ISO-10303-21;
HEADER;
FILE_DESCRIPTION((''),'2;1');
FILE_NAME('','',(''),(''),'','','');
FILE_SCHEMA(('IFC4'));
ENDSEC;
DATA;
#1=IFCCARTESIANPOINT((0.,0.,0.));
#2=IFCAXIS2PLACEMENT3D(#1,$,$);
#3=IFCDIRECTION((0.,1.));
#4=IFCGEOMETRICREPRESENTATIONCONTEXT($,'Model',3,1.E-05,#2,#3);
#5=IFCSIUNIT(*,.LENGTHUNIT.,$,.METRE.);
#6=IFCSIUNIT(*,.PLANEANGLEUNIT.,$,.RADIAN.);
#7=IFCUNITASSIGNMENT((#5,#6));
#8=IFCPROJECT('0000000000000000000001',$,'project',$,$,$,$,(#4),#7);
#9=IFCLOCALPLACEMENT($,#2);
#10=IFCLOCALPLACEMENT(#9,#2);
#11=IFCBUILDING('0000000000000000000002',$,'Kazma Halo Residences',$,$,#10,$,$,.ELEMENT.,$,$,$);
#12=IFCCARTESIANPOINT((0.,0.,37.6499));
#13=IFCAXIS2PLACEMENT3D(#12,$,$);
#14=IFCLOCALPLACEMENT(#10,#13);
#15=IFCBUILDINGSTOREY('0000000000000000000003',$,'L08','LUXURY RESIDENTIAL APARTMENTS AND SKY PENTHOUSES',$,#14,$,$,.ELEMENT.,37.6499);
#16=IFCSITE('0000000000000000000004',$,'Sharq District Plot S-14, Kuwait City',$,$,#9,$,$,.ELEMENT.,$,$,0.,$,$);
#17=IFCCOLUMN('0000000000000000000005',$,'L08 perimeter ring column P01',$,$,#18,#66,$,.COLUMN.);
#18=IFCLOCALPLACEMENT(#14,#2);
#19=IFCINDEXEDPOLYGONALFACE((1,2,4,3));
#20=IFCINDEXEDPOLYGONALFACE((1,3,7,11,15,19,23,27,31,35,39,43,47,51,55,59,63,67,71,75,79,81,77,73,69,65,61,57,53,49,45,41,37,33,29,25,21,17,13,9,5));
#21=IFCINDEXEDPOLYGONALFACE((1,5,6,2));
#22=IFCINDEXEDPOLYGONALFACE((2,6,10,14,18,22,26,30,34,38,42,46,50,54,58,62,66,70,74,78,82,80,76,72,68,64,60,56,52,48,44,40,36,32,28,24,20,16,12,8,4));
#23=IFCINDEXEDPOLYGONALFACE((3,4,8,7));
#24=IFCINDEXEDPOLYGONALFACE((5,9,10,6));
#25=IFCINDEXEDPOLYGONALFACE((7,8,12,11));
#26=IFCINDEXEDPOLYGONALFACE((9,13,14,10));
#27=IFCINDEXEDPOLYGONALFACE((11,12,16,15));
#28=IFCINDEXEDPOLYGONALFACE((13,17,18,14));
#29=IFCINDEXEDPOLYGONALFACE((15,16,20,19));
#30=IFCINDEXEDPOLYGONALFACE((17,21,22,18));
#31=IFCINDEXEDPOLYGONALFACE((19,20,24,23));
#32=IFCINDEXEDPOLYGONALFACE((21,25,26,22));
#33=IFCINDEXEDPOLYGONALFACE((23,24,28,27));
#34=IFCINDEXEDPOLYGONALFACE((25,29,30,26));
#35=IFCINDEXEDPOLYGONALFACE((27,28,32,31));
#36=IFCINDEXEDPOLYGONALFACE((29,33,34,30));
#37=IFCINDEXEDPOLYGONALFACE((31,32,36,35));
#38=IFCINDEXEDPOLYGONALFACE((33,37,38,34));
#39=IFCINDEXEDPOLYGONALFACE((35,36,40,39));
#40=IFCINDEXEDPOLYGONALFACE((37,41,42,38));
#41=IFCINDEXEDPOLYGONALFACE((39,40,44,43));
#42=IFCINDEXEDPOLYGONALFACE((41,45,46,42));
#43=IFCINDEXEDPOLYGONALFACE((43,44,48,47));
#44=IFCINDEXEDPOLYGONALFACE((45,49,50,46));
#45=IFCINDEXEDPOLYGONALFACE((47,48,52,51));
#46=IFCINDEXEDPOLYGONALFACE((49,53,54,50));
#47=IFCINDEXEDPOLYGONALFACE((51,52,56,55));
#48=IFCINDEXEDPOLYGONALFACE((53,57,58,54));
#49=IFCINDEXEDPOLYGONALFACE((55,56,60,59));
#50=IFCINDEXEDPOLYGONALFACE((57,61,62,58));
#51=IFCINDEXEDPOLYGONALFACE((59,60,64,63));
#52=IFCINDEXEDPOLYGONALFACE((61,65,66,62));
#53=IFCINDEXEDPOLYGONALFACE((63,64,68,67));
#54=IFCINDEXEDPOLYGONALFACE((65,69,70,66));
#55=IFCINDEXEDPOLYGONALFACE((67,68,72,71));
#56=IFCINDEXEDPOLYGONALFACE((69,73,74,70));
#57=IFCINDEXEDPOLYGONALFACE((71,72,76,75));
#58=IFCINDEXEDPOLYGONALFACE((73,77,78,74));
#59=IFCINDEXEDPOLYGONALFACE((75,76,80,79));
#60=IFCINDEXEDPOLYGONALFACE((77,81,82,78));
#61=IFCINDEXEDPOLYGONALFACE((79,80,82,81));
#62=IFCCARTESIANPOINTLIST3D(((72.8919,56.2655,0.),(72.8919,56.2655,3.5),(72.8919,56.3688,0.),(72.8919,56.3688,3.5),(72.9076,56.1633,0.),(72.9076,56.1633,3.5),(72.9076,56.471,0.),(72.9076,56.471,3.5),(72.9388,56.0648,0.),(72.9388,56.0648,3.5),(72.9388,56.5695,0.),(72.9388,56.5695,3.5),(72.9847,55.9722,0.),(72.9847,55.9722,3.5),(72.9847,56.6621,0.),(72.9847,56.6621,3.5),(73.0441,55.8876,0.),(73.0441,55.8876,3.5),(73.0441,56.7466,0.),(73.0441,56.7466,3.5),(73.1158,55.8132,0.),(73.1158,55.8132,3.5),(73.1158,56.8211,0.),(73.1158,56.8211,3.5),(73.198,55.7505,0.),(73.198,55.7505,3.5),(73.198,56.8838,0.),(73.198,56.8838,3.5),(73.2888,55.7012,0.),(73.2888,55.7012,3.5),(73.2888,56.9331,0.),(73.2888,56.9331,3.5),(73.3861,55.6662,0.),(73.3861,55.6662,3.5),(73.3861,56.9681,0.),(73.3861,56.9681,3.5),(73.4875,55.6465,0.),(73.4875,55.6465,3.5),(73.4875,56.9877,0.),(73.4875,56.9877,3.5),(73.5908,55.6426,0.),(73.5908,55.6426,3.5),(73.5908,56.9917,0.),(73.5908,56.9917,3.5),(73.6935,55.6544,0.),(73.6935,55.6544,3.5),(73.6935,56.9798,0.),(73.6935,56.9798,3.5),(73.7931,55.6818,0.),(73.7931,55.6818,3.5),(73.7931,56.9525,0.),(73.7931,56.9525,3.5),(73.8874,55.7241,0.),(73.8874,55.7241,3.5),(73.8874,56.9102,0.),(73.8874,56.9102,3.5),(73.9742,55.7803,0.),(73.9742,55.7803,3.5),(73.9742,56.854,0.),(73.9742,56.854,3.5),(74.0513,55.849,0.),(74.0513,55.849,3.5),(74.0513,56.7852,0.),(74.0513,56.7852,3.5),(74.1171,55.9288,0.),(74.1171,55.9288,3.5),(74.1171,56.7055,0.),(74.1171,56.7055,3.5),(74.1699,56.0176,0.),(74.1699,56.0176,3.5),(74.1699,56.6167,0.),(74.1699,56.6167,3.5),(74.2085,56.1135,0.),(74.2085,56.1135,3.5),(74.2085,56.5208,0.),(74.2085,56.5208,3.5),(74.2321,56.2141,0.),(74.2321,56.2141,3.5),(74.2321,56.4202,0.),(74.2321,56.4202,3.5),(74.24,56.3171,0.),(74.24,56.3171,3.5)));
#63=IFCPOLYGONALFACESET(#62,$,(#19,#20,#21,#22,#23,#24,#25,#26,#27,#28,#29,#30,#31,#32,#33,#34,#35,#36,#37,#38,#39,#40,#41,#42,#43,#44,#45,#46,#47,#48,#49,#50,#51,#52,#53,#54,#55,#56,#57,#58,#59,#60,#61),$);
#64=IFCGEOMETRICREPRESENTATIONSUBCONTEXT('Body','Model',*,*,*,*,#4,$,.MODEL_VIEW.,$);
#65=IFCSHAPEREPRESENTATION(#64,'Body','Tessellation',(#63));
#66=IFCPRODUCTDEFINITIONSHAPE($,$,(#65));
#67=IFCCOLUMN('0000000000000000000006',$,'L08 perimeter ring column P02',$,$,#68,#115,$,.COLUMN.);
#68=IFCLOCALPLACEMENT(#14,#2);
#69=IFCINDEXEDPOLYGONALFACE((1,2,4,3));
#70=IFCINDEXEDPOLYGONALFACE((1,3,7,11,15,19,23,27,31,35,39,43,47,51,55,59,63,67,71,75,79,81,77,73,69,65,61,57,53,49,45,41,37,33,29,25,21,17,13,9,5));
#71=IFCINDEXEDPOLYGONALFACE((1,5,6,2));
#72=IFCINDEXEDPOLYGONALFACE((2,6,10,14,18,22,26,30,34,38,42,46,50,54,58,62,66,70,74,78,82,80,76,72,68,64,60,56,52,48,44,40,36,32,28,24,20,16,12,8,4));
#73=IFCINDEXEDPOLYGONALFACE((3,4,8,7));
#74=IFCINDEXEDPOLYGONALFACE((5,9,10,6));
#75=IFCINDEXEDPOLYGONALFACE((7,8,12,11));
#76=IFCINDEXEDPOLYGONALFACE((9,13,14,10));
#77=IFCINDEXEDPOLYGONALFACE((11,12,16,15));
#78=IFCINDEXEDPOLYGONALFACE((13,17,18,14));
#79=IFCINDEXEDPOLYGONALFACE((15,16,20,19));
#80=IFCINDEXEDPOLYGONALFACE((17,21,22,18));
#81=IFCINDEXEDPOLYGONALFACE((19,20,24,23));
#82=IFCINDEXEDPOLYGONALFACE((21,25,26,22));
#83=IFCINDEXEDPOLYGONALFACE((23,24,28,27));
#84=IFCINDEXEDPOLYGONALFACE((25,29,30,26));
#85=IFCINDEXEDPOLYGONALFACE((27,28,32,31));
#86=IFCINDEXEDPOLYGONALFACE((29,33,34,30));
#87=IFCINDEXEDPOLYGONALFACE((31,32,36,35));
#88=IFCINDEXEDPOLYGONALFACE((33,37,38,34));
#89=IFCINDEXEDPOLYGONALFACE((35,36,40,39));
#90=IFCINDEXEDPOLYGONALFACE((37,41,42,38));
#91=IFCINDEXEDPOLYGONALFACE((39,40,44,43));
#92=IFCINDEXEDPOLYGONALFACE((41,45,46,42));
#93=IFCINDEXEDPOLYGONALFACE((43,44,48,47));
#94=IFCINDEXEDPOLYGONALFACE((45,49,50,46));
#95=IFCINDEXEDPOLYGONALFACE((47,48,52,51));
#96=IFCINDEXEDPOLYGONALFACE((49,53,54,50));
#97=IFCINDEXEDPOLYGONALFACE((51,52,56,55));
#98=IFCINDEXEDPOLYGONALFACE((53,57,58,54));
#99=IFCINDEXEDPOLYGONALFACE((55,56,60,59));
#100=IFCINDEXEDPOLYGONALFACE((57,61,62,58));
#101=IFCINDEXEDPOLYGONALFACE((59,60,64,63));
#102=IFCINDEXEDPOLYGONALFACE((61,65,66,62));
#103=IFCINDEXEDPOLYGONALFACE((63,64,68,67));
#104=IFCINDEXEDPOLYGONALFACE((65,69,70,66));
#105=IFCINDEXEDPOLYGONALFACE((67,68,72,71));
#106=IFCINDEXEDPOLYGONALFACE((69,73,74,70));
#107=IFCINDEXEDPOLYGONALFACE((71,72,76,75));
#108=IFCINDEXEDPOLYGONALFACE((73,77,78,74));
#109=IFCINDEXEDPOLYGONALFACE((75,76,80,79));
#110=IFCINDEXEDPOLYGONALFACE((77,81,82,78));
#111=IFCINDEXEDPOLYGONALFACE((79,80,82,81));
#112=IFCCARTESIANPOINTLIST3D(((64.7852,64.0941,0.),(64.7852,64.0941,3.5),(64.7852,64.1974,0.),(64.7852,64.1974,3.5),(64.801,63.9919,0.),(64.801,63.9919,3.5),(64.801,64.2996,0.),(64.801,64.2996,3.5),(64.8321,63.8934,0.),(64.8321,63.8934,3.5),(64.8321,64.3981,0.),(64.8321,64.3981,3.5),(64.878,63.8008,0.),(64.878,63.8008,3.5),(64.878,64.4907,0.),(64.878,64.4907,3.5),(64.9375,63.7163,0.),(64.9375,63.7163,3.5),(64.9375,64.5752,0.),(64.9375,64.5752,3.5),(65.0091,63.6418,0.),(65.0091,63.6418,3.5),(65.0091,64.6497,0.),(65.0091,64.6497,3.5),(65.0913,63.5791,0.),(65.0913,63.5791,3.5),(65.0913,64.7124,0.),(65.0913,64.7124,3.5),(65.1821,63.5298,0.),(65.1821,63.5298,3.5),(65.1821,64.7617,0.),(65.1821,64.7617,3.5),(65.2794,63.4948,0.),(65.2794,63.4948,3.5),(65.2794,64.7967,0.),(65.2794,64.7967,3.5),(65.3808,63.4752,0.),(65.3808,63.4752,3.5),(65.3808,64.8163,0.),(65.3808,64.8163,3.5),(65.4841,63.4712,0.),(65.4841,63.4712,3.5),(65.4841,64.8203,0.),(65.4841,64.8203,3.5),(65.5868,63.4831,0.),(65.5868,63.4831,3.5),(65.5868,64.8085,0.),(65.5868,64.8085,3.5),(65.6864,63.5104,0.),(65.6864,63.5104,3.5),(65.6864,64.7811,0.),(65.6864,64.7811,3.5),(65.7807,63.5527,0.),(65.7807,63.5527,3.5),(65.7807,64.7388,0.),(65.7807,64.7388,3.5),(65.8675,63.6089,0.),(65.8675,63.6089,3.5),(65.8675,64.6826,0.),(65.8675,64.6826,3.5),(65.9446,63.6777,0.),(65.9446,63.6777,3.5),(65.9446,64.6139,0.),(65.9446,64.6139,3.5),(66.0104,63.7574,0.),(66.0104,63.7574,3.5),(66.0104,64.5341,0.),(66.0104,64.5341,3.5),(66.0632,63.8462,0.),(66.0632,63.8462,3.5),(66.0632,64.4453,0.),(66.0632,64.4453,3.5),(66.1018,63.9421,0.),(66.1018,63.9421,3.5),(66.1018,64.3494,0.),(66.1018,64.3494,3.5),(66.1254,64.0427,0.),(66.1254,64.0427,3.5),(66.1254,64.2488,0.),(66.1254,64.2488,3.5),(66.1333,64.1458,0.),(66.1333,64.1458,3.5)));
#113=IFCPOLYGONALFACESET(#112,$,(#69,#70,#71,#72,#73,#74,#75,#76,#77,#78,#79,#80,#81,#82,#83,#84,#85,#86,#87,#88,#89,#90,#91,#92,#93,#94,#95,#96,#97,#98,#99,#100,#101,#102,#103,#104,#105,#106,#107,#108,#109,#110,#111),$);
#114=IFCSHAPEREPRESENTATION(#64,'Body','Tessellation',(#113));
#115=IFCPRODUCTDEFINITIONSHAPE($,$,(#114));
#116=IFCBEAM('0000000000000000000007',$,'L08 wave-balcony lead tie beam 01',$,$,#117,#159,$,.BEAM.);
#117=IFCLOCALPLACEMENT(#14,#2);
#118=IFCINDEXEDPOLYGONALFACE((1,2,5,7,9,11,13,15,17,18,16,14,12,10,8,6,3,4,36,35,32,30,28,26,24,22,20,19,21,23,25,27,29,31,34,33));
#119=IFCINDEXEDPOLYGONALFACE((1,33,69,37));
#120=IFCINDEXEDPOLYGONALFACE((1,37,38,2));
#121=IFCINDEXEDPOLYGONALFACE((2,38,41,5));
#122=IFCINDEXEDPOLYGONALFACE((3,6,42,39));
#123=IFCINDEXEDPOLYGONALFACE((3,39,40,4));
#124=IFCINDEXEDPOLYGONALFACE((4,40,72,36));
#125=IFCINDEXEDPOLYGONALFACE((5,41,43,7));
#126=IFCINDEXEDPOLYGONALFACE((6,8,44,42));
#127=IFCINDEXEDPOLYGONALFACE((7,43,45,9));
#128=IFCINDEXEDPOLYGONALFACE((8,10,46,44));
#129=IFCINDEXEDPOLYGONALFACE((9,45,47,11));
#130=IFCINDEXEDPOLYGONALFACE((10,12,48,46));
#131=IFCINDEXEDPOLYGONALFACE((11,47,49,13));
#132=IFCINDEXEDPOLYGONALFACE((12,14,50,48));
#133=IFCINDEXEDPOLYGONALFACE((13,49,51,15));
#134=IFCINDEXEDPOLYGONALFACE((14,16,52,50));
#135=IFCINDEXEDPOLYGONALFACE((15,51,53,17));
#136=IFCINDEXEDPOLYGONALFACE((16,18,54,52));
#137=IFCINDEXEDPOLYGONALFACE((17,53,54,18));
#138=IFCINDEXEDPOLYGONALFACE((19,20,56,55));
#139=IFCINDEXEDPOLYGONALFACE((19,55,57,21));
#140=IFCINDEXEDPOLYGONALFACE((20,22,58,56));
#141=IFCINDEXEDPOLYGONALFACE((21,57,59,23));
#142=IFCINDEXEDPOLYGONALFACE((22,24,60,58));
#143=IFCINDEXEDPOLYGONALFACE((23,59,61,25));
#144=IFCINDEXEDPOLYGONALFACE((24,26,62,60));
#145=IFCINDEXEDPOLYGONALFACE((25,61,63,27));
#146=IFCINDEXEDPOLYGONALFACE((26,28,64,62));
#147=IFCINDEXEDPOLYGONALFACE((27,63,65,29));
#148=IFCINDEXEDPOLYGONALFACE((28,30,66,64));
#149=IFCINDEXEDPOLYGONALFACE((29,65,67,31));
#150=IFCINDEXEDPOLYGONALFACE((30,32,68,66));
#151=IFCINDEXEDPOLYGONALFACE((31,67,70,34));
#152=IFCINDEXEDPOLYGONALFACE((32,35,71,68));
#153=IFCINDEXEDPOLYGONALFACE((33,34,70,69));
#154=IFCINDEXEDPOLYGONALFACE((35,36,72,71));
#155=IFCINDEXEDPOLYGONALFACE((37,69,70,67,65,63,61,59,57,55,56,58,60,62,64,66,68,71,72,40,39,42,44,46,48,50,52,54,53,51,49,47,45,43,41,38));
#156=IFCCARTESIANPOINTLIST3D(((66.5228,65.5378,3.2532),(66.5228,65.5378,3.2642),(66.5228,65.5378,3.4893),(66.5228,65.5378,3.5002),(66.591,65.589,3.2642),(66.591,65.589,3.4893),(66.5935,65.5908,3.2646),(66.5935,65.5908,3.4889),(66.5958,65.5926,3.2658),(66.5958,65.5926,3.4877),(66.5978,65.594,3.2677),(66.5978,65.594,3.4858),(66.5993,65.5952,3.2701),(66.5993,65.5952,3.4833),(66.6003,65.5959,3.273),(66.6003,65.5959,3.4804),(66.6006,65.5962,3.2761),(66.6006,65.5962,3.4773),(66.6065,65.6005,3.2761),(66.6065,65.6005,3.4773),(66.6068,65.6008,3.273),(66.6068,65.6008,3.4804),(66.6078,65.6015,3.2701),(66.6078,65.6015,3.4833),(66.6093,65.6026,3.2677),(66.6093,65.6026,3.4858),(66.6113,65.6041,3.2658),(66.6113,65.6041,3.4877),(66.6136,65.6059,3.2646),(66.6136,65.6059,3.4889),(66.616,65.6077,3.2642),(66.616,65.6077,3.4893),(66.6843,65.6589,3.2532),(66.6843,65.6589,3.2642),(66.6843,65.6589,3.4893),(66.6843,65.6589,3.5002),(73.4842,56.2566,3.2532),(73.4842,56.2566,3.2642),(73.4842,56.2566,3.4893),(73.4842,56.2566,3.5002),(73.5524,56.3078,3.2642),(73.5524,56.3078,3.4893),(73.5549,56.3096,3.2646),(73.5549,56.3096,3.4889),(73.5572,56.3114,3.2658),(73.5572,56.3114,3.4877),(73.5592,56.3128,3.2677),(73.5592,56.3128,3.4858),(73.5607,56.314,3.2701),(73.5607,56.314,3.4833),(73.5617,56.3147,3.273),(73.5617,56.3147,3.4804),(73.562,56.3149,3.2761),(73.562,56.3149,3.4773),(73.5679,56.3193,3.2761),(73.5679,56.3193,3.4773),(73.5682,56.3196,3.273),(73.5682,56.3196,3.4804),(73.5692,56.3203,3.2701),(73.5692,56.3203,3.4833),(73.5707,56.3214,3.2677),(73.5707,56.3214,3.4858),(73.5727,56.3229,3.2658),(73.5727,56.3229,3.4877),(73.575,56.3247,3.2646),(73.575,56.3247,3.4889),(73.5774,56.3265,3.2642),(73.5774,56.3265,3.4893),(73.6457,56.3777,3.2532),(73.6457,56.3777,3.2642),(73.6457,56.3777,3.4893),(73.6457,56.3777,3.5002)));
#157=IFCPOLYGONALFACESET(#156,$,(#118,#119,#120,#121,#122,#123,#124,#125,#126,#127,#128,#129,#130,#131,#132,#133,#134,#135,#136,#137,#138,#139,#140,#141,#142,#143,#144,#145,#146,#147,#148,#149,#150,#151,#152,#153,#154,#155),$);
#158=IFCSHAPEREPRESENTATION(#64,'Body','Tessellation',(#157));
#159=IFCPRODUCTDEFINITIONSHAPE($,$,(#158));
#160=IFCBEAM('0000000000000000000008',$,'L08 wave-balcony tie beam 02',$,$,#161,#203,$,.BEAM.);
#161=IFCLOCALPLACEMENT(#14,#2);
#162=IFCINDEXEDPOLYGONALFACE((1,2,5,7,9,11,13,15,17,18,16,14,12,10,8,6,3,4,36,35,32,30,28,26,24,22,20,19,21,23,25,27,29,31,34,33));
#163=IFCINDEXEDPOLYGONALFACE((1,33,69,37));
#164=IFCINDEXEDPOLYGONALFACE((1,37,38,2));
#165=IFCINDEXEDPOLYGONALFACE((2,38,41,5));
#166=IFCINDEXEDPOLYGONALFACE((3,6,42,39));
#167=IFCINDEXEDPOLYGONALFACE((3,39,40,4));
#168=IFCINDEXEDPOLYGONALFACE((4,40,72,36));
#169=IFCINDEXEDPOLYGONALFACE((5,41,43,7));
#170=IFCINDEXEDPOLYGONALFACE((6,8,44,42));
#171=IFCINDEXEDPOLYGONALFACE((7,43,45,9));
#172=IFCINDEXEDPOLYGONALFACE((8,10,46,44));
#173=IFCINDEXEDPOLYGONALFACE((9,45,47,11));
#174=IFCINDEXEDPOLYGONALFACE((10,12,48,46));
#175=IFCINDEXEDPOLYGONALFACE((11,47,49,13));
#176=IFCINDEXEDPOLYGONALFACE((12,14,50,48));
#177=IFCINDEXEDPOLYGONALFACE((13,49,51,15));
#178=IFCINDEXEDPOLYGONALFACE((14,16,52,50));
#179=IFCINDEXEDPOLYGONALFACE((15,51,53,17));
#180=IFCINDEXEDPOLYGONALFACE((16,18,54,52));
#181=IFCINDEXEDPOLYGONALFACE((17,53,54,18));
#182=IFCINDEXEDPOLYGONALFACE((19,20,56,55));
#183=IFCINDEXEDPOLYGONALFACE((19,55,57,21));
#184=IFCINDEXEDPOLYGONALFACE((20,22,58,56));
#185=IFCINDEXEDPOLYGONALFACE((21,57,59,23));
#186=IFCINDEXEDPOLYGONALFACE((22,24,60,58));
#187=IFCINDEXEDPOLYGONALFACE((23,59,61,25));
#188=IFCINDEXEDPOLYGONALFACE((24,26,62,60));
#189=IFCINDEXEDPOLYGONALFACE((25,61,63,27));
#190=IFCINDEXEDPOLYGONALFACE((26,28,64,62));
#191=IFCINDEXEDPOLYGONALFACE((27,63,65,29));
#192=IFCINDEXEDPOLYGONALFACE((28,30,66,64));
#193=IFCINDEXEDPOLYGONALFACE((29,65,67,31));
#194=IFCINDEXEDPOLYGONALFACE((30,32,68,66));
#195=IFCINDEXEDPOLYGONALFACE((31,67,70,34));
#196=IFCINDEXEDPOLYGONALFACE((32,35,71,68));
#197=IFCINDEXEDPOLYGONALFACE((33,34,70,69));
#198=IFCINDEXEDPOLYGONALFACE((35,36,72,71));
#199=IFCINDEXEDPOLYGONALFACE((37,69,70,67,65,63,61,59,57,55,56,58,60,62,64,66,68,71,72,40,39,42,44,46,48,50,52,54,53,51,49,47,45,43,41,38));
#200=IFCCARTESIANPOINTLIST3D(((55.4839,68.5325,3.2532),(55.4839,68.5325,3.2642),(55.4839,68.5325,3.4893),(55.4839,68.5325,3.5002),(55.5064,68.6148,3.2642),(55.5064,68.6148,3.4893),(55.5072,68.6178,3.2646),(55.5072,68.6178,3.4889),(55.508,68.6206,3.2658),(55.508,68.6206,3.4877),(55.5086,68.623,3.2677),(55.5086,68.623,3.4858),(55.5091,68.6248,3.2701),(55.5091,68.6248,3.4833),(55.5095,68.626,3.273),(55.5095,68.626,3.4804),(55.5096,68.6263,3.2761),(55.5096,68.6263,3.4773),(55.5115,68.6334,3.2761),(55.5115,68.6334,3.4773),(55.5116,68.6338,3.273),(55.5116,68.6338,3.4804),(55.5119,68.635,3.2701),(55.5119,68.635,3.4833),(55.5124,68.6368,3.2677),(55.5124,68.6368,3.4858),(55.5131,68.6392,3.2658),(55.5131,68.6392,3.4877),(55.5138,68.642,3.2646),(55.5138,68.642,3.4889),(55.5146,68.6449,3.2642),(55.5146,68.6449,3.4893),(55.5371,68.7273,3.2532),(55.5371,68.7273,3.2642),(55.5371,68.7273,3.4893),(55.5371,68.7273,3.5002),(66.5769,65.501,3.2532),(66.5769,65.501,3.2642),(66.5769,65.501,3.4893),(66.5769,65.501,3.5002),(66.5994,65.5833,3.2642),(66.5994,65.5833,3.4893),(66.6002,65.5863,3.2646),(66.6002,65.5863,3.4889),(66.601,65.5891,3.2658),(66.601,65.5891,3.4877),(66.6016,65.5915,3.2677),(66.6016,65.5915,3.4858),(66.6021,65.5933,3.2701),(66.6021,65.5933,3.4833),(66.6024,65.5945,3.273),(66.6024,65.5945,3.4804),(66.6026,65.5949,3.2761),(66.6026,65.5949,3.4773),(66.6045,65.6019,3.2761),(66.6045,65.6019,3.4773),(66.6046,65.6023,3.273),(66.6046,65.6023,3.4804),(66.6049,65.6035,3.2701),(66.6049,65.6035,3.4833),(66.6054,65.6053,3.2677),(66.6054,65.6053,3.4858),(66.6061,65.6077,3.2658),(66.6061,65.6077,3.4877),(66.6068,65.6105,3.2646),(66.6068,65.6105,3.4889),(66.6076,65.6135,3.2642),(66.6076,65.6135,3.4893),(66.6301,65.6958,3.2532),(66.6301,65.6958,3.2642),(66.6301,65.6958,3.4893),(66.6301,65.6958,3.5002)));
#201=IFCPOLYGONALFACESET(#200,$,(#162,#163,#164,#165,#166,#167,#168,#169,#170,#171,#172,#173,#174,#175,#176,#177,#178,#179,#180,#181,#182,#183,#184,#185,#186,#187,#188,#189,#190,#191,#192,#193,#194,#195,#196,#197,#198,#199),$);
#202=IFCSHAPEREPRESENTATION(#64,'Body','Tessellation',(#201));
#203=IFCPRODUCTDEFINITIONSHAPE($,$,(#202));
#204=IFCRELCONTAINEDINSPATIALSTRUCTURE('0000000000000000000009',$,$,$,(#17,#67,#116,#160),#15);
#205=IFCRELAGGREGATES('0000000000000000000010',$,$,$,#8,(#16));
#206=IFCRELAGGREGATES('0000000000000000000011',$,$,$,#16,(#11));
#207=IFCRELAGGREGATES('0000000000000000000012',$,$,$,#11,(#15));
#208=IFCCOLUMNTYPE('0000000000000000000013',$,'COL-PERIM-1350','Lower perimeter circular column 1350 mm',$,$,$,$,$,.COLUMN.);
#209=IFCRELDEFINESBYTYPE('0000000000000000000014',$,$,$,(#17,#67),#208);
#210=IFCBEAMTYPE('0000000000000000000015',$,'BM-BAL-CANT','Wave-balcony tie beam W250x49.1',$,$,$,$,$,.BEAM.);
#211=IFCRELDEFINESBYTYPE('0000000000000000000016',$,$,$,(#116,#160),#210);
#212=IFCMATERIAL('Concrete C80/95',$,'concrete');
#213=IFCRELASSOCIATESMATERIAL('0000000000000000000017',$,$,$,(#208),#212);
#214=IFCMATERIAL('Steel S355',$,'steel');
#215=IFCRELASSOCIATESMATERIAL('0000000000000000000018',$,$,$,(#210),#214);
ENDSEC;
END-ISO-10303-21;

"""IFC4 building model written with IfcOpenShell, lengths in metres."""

from ifc_helpers import new_model, si_unit, direction, frame, origin, origin_2d, place, context, subcontext, project, spatial, circle, i_section, extrude, material, material_profile, profile_set, type_object, element, save


model = new_model("IFC4")

# Units and contexts
model_context = context("Model", 3, precision=1e-05, world=origin(), true_north=direction((0.0, 1.0)))
body_context = subcontext(model_context, "Body", "Model", "MODEL_VIEW")
ifc_project = project(units=[si_unit("LENGTHUNIT", "METRE"), si_unit("PLANEANGLEUNIT", "RADIAN")], contexts=[model_context])

# Site, building, storey
site_placement = place(None, origin())
site = spatial("IfcSite", under=ifc_project, at=site_placement, Name="Sharq District Plot S-14, Kuwait City", CompositionType="ELEMENT", RefElevation=0.0)
building_placement = place(site_placement, origin())
building = spatial("IfcBuilding", under=site, at=building_placement, Name="Kazma Halo Residences", CompositionType="ELEMENT")
storey_placement = place(building_placement, frame((0.0, 0.0, 37.6499)))
storey = spatial("IfcBuildingStorey", under=building, at=storey_placement, Name="L08", Description="LUXURY RESIDENTIAL APARTMENTS AND SKY PENTHOUSES", CompositionType="ELEMENT", Elevation=37.6499)

# Columns
ifc_material_1 = material(Name="Concrete C80/95", Category="concrete")
ifc_material_profile_1 = material_profile(ifc_material_1, circle(Radius=0.675, at=origin_2d()), Name="CIRC1350")
ifc_profile_set_1 = profile_set([ifc_material_profile_1], Name="Concrete C80/95")
column_type = type_object("IfcColumnType", Name="COL-PERIM-1350", Description="Lower perimeter circular column 1350 mm", PredefinedType="COLUMN", material=ifc_profile_set_1)
for number, where, z_axis, x_axis, name in (
    (1, (73.5649, 56.3171, 0.0), (0.0, 0.0, 1.0), (1.0, 0.0, 0.0), "L08 perimeter ring column P01"),
    (2, (65.4583, 64.1458, 0.0), (0.0, 0.0, 1.0), (1.0, 0.0, 0.0), "L08 perimeter ring column P02"),
):
    element("IfcColumn", number, at=place(storey_placement, frame(where, z_axis=z_axis, x_axis=x_axis)), inside=storey, type_object=column_type, Name=name, PredefinedType="COLUMN", context=body_context, shape_type="SweptSolid", body=[
        extrude(circle(Radius=0.675, at=origin_2d()), origin(), (0.0, 0.0, 1.0), 3.5),
    ])

# Beams
ifc_material_2 = material(Name="Steel S355", Category="steel")
ifc_material_profile_2 = material_profile(ifc_material_2, i_section(OverallWidth=0.2019, OverallDepth=0.2471, WebThickness=0.0073, FlangeThickness=0.011, FilletRadius=0.012, at=origin_2d()), Name="W250x49.1")
ifc_profile_set_2 = profile_set([ifc_material_profile_2], Name="Steel S355")
beam_type_1 = type_object("IfcBeamType", Name="BM-BAL-CANT", Description="Wave-balcony tie beam W250x49.1", PredefinedType="BEAM", material=ifc_profile_set_2)
beam_1_placement = place(storey_placement, frame((73.5649, 56.3171, 3.3767), z_axis=(-0.600027, 0.79998, 0.0), x_axis=(-0.79998, -0.600027, 0.0)))
element("IfcBeam", 3, at=beam_1_placement, inside=storey, type_object=beam_type_1, Name="L08 wave-balcony lead tie beam 01", PredefinedType="BEAM", context=body_context, shape_type="SweptSolid", body=[
    extrude(i_section(OverallWidth=0.2019, OverallDepth=0.2471, WebThickness=0.0073, FlangeThickness=0.011, FilletRadius=0.012, at=origin_2d()), origin(), (0.0, 0.0, 1.0), 11.6018),
])
beam_2_placement = place(storey_placement, frame((66.6035, 65.5984, 3.3767), z_axis=(-0.964628, 0.263613, 0.0), x_axis=(-0.263613, -0.964628, 0.0)))
element("IfcBeam", 4, at=beam_2_placement, inside=storey, type_object=beam_type_1, Name="L08 wave-balcony tie beam 02", PredefinedType="BEAM", context=body_context, shape_type="SweptSolid", body=[
    extrude(i_section(OverallWidth=0.2019, OverallDepth=0.2471, WebThickness=0.0073, FlangeThickness=0.011, FilletRadius=0.012, at=origin_2d()), origin(), (0.0, 0.0, 1.0), 11.4998),
])

save(model, "model.ifc")
